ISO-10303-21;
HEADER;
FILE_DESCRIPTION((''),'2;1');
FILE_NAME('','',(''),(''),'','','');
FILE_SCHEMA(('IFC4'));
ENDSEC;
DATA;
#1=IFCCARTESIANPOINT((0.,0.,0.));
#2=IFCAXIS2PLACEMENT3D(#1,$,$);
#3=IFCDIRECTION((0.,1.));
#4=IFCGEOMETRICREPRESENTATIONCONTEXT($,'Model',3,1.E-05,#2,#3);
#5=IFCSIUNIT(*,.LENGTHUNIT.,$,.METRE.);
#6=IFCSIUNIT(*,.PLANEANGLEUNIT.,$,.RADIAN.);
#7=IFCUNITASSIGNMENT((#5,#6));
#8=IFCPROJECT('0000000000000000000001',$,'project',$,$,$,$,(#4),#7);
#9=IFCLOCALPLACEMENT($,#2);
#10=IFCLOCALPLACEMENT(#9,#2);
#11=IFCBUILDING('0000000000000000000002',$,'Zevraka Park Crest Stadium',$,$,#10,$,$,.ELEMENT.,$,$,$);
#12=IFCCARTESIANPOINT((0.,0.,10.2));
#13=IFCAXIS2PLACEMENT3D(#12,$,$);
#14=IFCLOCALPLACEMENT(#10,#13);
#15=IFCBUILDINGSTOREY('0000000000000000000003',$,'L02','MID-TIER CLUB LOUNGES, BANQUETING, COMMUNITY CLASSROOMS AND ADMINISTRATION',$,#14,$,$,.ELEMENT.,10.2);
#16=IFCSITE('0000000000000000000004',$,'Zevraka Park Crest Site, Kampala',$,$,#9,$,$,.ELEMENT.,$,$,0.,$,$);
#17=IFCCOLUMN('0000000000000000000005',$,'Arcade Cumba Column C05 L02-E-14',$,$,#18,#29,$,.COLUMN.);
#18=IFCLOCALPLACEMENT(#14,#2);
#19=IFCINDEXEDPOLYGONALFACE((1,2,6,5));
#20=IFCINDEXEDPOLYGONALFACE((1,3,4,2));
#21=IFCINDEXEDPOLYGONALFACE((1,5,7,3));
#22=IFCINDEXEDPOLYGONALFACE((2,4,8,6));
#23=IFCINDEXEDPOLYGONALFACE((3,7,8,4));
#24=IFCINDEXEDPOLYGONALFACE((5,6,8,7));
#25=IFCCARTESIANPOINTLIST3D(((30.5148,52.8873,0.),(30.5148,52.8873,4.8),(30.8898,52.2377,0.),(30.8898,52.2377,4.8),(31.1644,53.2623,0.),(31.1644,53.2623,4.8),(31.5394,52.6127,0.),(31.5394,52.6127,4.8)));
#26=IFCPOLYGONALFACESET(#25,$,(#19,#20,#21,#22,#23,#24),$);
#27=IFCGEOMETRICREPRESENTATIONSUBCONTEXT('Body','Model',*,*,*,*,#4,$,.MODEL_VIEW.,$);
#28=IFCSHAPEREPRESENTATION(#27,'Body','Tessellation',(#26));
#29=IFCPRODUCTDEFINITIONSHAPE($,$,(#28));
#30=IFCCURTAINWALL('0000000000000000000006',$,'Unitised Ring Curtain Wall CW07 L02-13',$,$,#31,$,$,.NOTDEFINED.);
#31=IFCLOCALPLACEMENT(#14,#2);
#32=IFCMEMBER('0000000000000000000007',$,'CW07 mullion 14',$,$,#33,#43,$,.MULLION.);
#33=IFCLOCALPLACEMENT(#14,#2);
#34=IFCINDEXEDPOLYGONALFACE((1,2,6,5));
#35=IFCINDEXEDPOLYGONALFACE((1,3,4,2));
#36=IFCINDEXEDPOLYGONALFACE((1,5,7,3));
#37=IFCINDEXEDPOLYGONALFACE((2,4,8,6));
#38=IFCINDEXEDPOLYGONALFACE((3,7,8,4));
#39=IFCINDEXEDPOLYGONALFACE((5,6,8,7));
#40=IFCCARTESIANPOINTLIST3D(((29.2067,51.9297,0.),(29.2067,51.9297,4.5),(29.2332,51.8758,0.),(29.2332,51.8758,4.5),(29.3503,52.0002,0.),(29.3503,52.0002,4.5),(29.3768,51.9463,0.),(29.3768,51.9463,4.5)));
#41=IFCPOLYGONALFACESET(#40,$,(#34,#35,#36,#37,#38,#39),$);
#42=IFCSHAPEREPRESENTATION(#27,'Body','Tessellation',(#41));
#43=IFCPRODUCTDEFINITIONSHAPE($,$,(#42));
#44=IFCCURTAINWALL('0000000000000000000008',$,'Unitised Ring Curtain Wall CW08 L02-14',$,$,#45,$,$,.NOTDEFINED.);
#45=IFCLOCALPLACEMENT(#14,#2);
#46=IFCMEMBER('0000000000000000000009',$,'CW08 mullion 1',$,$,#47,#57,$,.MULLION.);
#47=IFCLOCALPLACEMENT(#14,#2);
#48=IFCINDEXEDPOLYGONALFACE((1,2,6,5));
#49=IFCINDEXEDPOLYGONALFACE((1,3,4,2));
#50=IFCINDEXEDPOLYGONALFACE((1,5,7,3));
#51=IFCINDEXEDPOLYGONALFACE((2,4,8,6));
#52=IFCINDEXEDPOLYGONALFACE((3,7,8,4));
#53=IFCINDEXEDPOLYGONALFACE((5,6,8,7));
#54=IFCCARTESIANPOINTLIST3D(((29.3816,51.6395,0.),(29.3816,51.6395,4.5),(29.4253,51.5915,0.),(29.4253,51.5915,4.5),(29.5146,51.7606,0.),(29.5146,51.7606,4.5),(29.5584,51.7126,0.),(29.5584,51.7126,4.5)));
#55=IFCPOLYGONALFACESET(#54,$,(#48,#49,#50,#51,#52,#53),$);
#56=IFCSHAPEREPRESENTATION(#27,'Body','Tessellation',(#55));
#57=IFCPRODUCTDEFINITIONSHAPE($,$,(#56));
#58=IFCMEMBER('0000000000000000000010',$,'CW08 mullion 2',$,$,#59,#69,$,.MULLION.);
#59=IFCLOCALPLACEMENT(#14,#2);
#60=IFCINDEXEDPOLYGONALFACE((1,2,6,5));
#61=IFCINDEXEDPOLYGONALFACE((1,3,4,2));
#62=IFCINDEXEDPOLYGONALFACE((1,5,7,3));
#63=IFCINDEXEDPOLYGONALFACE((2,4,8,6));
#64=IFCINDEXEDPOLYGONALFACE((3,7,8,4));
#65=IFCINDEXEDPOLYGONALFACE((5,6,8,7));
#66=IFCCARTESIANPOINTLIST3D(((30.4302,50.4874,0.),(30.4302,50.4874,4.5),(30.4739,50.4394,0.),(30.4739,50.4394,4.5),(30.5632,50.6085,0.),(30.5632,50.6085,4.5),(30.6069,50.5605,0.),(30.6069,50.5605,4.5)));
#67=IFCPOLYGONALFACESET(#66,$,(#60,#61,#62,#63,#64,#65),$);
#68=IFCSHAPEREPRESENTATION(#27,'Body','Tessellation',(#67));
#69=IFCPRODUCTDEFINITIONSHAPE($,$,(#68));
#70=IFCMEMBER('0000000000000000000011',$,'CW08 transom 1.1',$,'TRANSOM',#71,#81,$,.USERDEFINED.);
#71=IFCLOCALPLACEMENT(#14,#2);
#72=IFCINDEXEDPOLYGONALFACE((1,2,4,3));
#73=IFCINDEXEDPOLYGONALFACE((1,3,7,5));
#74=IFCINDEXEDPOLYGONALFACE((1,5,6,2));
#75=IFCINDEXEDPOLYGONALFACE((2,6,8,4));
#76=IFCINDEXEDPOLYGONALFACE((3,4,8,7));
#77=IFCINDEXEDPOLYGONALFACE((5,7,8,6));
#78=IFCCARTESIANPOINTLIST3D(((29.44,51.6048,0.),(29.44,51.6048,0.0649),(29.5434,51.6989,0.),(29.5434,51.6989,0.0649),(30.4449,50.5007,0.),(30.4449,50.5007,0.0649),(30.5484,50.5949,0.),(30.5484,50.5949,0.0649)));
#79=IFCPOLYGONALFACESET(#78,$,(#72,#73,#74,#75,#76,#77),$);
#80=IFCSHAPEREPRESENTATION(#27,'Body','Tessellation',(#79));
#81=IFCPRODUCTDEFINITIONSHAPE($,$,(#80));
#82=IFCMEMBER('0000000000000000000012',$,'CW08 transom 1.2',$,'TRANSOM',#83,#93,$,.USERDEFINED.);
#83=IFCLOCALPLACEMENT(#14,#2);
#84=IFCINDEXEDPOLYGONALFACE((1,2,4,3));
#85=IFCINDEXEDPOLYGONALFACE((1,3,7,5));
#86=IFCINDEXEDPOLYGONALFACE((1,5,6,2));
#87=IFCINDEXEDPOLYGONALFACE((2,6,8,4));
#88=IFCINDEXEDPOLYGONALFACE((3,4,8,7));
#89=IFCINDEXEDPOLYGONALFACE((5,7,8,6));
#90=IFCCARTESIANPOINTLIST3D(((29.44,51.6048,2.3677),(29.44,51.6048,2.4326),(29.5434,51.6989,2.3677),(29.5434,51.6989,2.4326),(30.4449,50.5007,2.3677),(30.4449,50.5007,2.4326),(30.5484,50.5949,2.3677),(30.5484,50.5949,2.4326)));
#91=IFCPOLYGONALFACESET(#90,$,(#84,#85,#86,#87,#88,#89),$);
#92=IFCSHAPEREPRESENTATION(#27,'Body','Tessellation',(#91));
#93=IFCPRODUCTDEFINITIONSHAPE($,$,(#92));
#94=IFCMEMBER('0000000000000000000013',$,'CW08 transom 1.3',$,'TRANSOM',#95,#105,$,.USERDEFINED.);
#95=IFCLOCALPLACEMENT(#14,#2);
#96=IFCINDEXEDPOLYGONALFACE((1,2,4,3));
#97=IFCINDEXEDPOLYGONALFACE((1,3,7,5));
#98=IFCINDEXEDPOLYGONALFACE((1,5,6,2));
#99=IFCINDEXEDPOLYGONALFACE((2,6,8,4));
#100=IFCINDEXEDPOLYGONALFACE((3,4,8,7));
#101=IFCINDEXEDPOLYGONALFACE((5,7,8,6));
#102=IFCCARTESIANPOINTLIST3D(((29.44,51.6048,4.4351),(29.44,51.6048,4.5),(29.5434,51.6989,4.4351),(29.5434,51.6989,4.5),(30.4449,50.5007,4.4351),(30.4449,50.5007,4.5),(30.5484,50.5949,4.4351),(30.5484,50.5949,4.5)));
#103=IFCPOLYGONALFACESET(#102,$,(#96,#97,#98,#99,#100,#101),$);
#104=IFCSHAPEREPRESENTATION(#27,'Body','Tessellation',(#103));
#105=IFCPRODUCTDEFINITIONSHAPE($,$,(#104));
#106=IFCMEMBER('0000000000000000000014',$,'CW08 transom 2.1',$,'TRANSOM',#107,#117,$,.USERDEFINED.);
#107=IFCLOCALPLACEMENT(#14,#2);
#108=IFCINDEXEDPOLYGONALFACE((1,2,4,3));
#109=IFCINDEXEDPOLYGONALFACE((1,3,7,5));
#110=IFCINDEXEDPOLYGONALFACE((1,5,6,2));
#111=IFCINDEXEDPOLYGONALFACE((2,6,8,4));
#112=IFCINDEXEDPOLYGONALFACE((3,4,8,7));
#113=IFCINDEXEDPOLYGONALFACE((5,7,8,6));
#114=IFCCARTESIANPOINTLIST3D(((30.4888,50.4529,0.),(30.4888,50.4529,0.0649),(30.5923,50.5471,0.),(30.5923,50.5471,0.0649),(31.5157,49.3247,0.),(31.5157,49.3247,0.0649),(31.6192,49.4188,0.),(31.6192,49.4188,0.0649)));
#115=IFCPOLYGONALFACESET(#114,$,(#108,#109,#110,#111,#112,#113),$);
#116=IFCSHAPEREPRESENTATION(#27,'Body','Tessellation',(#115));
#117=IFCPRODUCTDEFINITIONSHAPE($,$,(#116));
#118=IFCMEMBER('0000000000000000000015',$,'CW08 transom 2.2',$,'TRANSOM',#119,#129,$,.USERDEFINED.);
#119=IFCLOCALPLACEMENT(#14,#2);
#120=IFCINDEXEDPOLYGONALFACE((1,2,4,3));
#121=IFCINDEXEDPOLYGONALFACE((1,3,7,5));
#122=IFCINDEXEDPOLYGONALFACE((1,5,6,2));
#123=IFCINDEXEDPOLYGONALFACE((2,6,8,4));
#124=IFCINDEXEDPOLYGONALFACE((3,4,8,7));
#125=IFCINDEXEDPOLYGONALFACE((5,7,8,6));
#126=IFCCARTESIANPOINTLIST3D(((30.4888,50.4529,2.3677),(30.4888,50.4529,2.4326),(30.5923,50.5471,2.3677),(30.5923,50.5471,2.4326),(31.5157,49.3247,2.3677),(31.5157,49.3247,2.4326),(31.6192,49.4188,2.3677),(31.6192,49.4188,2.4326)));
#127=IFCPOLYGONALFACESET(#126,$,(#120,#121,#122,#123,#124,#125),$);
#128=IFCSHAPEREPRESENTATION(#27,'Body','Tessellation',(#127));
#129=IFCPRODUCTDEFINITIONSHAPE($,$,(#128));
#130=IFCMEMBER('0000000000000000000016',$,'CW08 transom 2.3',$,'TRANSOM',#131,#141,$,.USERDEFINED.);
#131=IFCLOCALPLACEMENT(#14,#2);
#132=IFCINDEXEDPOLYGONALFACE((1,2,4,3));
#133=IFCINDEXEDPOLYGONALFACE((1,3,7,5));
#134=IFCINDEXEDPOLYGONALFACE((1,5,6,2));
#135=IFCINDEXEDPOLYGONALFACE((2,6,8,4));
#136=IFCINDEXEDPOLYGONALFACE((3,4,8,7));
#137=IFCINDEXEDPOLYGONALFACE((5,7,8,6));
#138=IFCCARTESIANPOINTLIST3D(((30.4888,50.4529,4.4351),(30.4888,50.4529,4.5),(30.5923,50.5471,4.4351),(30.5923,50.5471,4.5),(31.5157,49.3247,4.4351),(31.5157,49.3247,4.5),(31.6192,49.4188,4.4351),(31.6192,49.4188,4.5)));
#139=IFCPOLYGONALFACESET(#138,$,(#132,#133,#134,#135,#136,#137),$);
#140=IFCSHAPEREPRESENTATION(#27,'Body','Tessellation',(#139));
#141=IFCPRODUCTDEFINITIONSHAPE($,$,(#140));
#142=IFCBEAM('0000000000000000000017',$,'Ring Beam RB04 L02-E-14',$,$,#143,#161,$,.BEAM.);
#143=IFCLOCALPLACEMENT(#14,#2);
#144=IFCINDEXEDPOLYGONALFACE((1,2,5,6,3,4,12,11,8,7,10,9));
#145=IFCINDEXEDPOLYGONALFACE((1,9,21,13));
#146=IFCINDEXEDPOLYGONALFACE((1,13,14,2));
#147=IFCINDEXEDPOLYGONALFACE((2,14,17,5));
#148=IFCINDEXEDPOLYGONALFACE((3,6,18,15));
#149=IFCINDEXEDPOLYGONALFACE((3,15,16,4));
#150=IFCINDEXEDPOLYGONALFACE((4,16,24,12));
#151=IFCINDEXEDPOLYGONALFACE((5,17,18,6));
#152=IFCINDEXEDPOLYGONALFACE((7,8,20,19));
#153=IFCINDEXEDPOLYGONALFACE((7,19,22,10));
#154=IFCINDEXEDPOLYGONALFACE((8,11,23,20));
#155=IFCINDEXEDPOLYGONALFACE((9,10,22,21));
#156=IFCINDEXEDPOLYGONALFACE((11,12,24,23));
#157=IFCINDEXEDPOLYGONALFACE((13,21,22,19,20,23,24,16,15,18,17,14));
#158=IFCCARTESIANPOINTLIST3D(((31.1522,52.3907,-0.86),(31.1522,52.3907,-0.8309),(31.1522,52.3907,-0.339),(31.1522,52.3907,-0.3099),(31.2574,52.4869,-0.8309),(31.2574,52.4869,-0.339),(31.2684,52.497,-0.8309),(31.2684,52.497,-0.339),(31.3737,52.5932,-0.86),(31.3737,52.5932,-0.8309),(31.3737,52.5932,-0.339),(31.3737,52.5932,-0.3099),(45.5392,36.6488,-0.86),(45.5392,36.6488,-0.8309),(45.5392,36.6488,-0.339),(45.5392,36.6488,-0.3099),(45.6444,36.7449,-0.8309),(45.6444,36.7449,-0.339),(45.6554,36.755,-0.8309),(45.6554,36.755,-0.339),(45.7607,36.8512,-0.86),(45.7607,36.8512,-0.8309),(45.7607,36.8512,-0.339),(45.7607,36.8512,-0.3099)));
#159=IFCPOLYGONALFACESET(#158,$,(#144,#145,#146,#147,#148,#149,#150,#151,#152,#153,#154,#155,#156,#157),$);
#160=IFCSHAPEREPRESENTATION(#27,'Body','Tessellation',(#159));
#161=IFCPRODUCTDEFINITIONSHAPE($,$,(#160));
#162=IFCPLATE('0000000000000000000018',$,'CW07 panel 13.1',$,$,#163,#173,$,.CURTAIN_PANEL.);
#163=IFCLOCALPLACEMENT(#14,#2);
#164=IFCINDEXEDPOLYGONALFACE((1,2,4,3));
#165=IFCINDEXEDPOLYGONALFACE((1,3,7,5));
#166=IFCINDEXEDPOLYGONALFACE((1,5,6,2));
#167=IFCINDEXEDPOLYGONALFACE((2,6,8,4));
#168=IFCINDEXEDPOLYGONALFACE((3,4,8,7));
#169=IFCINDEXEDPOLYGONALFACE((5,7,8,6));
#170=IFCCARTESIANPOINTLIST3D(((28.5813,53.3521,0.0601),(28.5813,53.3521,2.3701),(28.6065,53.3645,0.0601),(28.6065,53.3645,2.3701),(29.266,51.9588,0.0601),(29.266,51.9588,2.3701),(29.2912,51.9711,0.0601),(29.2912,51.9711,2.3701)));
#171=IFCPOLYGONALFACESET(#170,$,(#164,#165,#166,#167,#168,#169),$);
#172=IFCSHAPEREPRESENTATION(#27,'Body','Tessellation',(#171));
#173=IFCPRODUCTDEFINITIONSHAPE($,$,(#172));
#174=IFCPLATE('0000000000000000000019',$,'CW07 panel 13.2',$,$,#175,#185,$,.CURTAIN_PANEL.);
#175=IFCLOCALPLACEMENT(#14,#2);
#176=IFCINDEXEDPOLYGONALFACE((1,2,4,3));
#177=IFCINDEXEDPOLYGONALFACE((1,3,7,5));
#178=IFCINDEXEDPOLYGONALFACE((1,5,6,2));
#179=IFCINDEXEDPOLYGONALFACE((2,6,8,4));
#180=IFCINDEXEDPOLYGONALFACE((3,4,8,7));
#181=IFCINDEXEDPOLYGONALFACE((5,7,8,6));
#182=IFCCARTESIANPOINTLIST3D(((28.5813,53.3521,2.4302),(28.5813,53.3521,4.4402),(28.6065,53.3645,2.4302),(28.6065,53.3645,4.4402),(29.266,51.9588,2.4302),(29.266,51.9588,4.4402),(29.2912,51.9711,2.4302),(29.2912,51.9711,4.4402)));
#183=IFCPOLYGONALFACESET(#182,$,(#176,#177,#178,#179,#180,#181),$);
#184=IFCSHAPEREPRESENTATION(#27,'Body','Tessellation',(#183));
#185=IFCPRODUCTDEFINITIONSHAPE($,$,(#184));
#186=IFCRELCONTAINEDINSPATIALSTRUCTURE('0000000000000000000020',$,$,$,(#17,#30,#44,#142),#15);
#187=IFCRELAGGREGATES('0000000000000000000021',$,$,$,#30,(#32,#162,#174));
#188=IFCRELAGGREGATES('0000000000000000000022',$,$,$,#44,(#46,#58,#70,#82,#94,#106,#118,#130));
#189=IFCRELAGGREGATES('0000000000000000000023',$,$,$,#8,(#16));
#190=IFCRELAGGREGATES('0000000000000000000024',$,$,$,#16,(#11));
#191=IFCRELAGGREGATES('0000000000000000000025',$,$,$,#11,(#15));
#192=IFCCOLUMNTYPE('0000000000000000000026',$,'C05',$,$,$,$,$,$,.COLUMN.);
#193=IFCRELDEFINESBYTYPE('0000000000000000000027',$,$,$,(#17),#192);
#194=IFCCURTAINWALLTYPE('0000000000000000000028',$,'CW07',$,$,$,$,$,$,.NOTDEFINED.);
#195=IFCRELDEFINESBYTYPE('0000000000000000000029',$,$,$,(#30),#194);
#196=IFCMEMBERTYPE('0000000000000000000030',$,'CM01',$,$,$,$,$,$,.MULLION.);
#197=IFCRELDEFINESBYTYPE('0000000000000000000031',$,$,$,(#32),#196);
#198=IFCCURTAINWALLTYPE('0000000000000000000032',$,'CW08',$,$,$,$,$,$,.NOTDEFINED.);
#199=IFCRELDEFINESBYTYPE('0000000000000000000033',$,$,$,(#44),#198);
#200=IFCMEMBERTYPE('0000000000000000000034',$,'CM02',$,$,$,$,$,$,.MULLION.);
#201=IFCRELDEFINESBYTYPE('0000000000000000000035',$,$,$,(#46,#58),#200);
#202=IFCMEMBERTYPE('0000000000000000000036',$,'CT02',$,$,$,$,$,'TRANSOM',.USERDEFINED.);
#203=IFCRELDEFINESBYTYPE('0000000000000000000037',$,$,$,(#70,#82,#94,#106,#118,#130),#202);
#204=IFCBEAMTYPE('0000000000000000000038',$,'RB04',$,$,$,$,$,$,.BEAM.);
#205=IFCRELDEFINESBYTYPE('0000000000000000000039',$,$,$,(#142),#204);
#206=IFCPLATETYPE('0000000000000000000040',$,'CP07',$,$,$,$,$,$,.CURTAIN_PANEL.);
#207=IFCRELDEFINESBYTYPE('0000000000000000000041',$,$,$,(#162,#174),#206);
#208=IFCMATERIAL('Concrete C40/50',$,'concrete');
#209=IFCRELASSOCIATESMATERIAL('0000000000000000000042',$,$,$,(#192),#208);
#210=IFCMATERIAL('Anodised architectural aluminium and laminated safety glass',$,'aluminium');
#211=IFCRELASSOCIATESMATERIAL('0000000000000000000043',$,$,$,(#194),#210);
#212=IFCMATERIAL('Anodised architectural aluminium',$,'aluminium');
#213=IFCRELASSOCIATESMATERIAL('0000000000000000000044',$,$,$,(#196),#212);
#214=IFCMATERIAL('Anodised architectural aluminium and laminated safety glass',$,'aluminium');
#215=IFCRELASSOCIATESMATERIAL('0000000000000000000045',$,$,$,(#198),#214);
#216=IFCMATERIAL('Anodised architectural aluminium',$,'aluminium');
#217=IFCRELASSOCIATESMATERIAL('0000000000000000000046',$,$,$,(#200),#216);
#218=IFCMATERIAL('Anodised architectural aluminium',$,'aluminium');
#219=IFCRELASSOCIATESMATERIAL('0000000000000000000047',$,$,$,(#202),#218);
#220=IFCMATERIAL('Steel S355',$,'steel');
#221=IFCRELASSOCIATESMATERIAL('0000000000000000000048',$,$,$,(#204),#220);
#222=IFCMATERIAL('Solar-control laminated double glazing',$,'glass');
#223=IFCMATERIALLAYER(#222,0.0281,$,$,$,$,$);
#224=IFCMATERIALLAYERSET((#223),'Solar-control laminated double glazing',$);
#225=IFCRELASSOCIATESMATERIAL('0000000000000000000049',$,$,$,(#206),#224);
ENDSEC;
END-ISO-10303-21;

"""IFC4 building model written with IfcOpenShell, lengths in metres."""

from ifc_helpers import new_model, si_unit, direction, frame, origin, origin_2d, place, context, subcontext, project, spatial, rectangle, i_section, extrude, material, layer, layer_set, material_profile, profile_set, type_object, element, aggregate, save


model = new_model("IFC4")

# Units and contexts
model_context = context("Model", 3, precision=1e-05, world=origin(), true_north=direction((0.0, 1.0)))
body_context = subcontext(model_context, "Body", "Model", "MODEL_VIEW")
ifc_project = project(units=[si_unit("LENGTHUNIT", "METRE"), si_unit("PLANEANGLEUNIT", "RADIAN")], contexts=[model_context])

# Site, building, storey
site_placement = place(None, origin())
site = spatial("IfcSite", under=ifc_project, at=site_placement, Name="Zevraka Park Crest Site, Kampala", CompositionType="ELEMENT", RefElevation=0.0)
building_placement = place(site_placement, origin())
building = spatial("IfcBuilding", under=site, at=building_placement, Name="Zevraka Park Crest Stadium", CompositionType="ELEMENT")
storey_placement = place(building_placement, frame((0.0, 0.0, 10.2)))
storey = spatial("IfcBuildingStorey", under=building, at=storey_placement, Name="L02", Description="MID-TIER CLUB LOUNGES, BANQUETING, COMMUNITY CLASSROOMS AND ADMINISTRATION", CompositionType="ELEMENT", Elevation=10.2)

# Column
ifc_material_1 = material(Name="Concrete C40/50", Category="concrete")
ifc_material_profile_1 = material_profile(ifc_material_1, rectangle(XDim=0.75, YDim=0.75, at=origin_2d()), Name="RC 750x750")
ifc_profile_set_1 = profile_set([ifc_material_profile_1], Name="Concrete C40/50")
column_type = type_object("IfcColumnType", Name="C05", PredefinedType="COLUMN", material=ifc_profile_set_1)
column_placement = place(storey_placement, frame((31.0271, 52.75, 0.0), z_axis=(0.0, 0.0, 1.0), x_axis=(0.866025, 0.5, 0.0)))
element("IfcColumn", 1, at=column_placement, inside=storey, type_object=column_type, Name="Arcade Cumba Column C05 L02-E-14", PredefinedType="COLUMN", context=body_context, shape_type="SweptSolid", body=[
    extrude(rectangle(XDim=0.75, YDim=0.75, at=origin_2d()), origin(), (0.0, 0.0, 1.0), 4.8),
])

# Curtain wall, member
ifc_material_2 = material(Name="Anodised architectural aluminium and laminated safety glass", Category="aluminium")
curtain_wall_type_1 = type_object("IfcCurtainWallType", Name="CW07", PredefinedType="NOTDEFINED", material=ifc_material_2)
curtain_wall_1_placement = place(storey_placement, origin())
curtain_wall_1 = element("IfcCurtainWall", 2, at=curtain_wall_1_placement, inside=storey, type_object=curtain_wall_type_1, Name="Unitised Ring Curtain Wall CW07 L02-13", PredefinedType="NOTDEFINED")
ifc_material_3 = material(Name="Anodised architectural aluminium", Category="aluminium")
ifc_material_profile_2 = material_profile(ifc_material_3, rectangle(XDim=0.1599, YDim=0.0601, at=origin_2d()), Name="ALU MULLION 160x60")
ifc_profile_set_2 = profile_set([ifc_material_profile_2], Name="Anodised architectural aluminium")
member_type_1 = type_object("IfcMemberType", Name="CM01", PredefinedType="MULLION", material=ifc_profile_set_2)
member_1_placement = place(storey_placement, frame((29.2917, 51.938, 0.0), z_axis=(0.0, 0.0, 1.0), x_axis=(0.897497, 0.441021, 0.0)))
member_1 = element("IfcMember", 3, at=member_1_placement, type_object=member_type_1, Name="CW07 mullion 14", PredefinedType="MULLION", context=body_context, shape_type="SweptSolid", body=[
    extrude(rectangle(XDim=0.1599, YDim=0.0601, at=origin_2d()), origin(), (0.0, 0.0, 1.0), 4.5),
])

# Curtain wall, members
ifc_material_4 = material(Name="Anodised architectural aluminium and laminated safety glass", Category="aluminium")
curtain_wall_type_2 = type_object("IfcCurtainWallType", Name="CW08", PredefinedType="NOTDEFINED", material=ifc_material_4)
curtain_wall_2_placement = place(storey_placement, origin())
curtain_wall_2 = element("IfcCurtainWall", 4, at=curtain_wall_2_placement, inside=storey, type_object=curtain_wall_type_2, Name="Unitised Ring Curtain Wall CW08 L02-14", PredefinedType="NOTDEFINED")
ifc_material_5 = material(Name="Anodised architectural aluminium", Category="aluminium")
ifc_material_profile_3 = material_profile(ifc_material_5, rectangle(XDim=0.1799, YDim=0.0649, at=origin_2d()), Name="ALU MULLION 180x65")
ifc_profile_set_3 = profile_set([ifc_material_profile_3], Name="Anodised architectural aluminium")
member_type_2 = type_object("IfcMemberType", Name="CM02", PredefinedType="MULLION", material=ifc_profile_set_3)
member_2_placement = place(storey_placement, frame((29.47, 51.676, 0.0), z_axis=(0.0, 0.0, 1.0), x_axis=(0.739497, 0.67316, 0.0)))
member_2 = element("IfcMember", 5, at=member_2_placement, type_object=member_type_2, Name="CW08 mullion 1", PredefinedType="MULLION", context=body_context, shape_type="SweptSolid", body=[
    extrude(rectangle(XDim=0.1799, YDim=0.0649, at=origin_2d()), origin(), (0.0, 0.0, 1.0), 4.5),
])
member_3_placement = place(storey_placement, frame((30.5186, 50.5239, 0.0), z_axis=(0.0, 0.0, 1.0), x_axis=(0.739497, 0.67316, 0.0)))
member_3 = element("IfcMember", 6, at=member_3_placement, type_object=member_type_2, Name="CW08 mullion 2", PredefinedType="MULLION", context=body_context, shape_type="SweptSolid", body=[
    extrude(rectangle(XDim=0.1799, YDim=0.0649, at=origin_2d()), origin(), (0.0, 0.0, 1.0), 4.5),
])
ifc_material_6 = material(Name="Anodised architectural aluminium", Category="aluminium")
ifc_material_profile_4 = material_profile(ifc_material_6, rectangle(XDim=0.1399, YDim=0.0649, at=origin_2d()), Name="ALU TRANSOM 140x65")
ifc_profile_set_4 = profile_set([ifc_material_profile_4], Name="Anodised architectural aluminium")
member_type_3 = type_object("IfcMemberType", Name="CT02", ElementType="TRANSOM", PredefinedType="USERDEFINED", material=ifc_profile_set_4)
member_4_placement = place(storey_placement, frame((29.4917, 51.6519, 0.0325), z_axis=(0.673129, -0.739526, 0.0), x_axis=(0.739526, 0.673129, 0.0)))
member_4 = element("IfcMember", 7, at=member_4_placement, type_object=member_type_3, Name="CW08 transom 1.1", ObjectType="TRANSOM", PredefinedType="USERDEFINED", context=body_context, shape_type="SweptSolid", body=[
    extrude(rectangle(XDim=0.1399, YDim=0.0649, at=origin_2d()), origin(), (0.0, 0.0, 1.0), 1.4929),
])
member_5_placement = place(storey_placement, frame((29.4917, 51.6519, 2.4001), z_axis=(0.673129, -0.739526, 0.0), x_axis=(0.739526, 0.673129, 0.0)))
member_5 = element("IfcMember", 8, at=member_5_placement, type_object=member_type_3, Name="CW08 transom 1.2", ObjectType="TRANSOM", PredefinedType="USERDEFINED", context=body_context, shape_type="SweptSolid", body=[
    extrude(rectangle(XDim=0.1399, YDim=0.0649, at=origin_2d()), origin(), (0.0, 0.0, 1.0), 1.4929),
])
member_6_placement = place(storey_placement, frame((29.4917, 51.6519, 4.4675), z_axis=(0.673129, -0.739526, 0.0), x_axis=(0.739526, 0.673129, 0.0)))
member_6 = element("IfcMember", 9, at=member_6_placement, type_object=member_type_3, Name="CW08 transom 1.3", ObjectType="TRANSOM", PredefinedType="USERDEFINED", context=body_context, shape_type="SweptSolid", body=[
    extrude(rectangle(XDim=0.1399, YDim=0.0649, at=origin_2d()), origin(), (0.0, 0.0, 1.0), 1.4929),
])
member_7_placement = place(storey_placement, frame((30.5405, 50.5, 0.0325), z_axis=(0.673119, -0.739534, 0.0), x_axis=(0.739534, 0.673119, 0.0)))
member_7 = element("IfcMember", 10, at=member_7_placement, type_object=member_type_3, Name="CW08 transom 2.1", ObjectType="TRANSOM", PredefinedType="USERDEFINED", context=body_context, shape_type="SweptSolid", body=[
    extrude(rectangle(XDim=0.1399, YDim=0.0649, at=origin_2d()), origin(), (0.0, 0.0, 1.0), 1.5256),
])
member_8_placement = place(storey_placement, frame((30.5405, 50.5, 2.4001), z_axis=(0.673119, -0.739534, 0.0), x_axis=(0.739534, 0.673119, 0.0)))
member_8 = element("IfcMember", 11, at=member_8_placement, type_object=member_type_3, Name="CW08 transom 2.2", ObjectType="TRANSOM", PredefinedType="USERDEFINED", context=body_context, shape_type="SweptSolid", body=[
    extrude(rectangle(XDim=0.1399, YDim=0.0649, at=origin_2d()), origin(), (0.0, 0.0, 1.0), 1.5256),
])
member_9_placement = place(storey_placement, frame((30.5405, 50.5, 4.4675), z_axis=(0.673119, -0.739534, 0.0), x_axis=(0.739534, 0.673119, 0.0)))
member_9 = element("IfcMember", 12, at=member_9_placement, type_object=member_type_3, Name="CW08 transom 2.3", ObjectType="TRANSOM", PredefinedType="USERDEFINED", context=body_context, shape_type="SweptSolid", body=[
    extrude(rectangle(XDim=0.1399, YDim=0.0649, at=origin_2d()), origin(), (0.0, 0.0, 1.0), 1.5256),
])

# Beam
ifc_material_7 = material(Name="Steel S355", Category="steel")
ifc_material_profile_5 = material_profile(ifc_material_7, i_section(OverallWidth=0.3, OverallDepth=0.55, WebThickness=0.0149, FlangeThickness=0.0291, at=origin_2d()), Name="HEB 550")
ifc_profile_set_5 = profile_set([ifc_material_profile_5], Name="Steel S355")
beam_type = type_object("IfcBeamType", Name="RB04", PredefinedType="BEAM", material=ifc_profile_set_5)
beam_placement = place(storey_placement, frame((31.2629, 52.4919, -0.585), z_axis=(0.674624, -0.738161, 0.0), x_axis=(0.738161, 0.674624, 0.0)))
element("IfcBeam", 13, at=beam_placement, inside=storey, type_object=beam_type, Name="Ring Beam RB04 L02-E-14", PredefinedType="BEAM", context=body_context, shape_type="SweptSolid", body=[
    extrude(i_section(OverallWidth=0.3, OverallDepth=0.55, WebThickness=0.0149, FlangeThickness=0.0291, at=origin_2d()), origin(), (0.0, 0.0, 1.0), 21.3259),
])

# Plates
ifc_material_8 = material(Name="Solar-control laminated double glazing", Category="glass")
ifc_layer_1 = layer(ifc_material_8, 0.0281)
ifc_layer_set_1 = layer_set([ifc_layer_1], Name="Solar-control laminated double glazing")
plate_type_1 = type_object("IfcPlateType", Name="CP07", PredefinedType="CURTAIN_PANEL", material=ifc_layer_set_1)
plate_1_placement = place(storey_placement, frame((28.9363, 52.6616, 0.0601), z_axis=(0.0, 0.0, 1.0), x_axis=(0.441021, -0.897497, 0.0)))
plate_1 = element("IfcPlate", 14, at=plate_1_placement, type_object=plate_type_1, Name="CW07 panel 13.1", PredefinedType="CURTAIN_PANEL", context=body_context, shape_type="SweptSolid", body=[
    extrude(rectangle(XDim=1.5525, YDim=0.0281, at=origin_2d()), origin(), (0.0, 0.0, 1.0), 2.3101),
])
plate_2_placement = place(storey_placement, frame((28.9363, 52.6616, 2.4302), z_axis=(0.0, 0.0, 1.0), x_axis=(0.441021, -0.897497, 0.0)))
plate_2 = element("IfcPlate", 15, at=plate_2_placement, type_object=plate_type_1, Name="CW07 panel 13.2", PredefinedType="CURTAIN_PANEL", context=body_context, shape_type="SweptSolid", body=[
    extrude(rectangle(XDim=1.5525, YDim=0.0281, at=origin_2d()), origin(), (0.0, 0.0, 1.0), 2.01),
])
aggregate(curtain_wall_1, [member_1, plate_1, plate_2])
aggregate(curtain_wall_2, [member_2, member_3, member_4, member_5, member_6, member_7, member_8, member_9])

save(model, "model.ifc")
